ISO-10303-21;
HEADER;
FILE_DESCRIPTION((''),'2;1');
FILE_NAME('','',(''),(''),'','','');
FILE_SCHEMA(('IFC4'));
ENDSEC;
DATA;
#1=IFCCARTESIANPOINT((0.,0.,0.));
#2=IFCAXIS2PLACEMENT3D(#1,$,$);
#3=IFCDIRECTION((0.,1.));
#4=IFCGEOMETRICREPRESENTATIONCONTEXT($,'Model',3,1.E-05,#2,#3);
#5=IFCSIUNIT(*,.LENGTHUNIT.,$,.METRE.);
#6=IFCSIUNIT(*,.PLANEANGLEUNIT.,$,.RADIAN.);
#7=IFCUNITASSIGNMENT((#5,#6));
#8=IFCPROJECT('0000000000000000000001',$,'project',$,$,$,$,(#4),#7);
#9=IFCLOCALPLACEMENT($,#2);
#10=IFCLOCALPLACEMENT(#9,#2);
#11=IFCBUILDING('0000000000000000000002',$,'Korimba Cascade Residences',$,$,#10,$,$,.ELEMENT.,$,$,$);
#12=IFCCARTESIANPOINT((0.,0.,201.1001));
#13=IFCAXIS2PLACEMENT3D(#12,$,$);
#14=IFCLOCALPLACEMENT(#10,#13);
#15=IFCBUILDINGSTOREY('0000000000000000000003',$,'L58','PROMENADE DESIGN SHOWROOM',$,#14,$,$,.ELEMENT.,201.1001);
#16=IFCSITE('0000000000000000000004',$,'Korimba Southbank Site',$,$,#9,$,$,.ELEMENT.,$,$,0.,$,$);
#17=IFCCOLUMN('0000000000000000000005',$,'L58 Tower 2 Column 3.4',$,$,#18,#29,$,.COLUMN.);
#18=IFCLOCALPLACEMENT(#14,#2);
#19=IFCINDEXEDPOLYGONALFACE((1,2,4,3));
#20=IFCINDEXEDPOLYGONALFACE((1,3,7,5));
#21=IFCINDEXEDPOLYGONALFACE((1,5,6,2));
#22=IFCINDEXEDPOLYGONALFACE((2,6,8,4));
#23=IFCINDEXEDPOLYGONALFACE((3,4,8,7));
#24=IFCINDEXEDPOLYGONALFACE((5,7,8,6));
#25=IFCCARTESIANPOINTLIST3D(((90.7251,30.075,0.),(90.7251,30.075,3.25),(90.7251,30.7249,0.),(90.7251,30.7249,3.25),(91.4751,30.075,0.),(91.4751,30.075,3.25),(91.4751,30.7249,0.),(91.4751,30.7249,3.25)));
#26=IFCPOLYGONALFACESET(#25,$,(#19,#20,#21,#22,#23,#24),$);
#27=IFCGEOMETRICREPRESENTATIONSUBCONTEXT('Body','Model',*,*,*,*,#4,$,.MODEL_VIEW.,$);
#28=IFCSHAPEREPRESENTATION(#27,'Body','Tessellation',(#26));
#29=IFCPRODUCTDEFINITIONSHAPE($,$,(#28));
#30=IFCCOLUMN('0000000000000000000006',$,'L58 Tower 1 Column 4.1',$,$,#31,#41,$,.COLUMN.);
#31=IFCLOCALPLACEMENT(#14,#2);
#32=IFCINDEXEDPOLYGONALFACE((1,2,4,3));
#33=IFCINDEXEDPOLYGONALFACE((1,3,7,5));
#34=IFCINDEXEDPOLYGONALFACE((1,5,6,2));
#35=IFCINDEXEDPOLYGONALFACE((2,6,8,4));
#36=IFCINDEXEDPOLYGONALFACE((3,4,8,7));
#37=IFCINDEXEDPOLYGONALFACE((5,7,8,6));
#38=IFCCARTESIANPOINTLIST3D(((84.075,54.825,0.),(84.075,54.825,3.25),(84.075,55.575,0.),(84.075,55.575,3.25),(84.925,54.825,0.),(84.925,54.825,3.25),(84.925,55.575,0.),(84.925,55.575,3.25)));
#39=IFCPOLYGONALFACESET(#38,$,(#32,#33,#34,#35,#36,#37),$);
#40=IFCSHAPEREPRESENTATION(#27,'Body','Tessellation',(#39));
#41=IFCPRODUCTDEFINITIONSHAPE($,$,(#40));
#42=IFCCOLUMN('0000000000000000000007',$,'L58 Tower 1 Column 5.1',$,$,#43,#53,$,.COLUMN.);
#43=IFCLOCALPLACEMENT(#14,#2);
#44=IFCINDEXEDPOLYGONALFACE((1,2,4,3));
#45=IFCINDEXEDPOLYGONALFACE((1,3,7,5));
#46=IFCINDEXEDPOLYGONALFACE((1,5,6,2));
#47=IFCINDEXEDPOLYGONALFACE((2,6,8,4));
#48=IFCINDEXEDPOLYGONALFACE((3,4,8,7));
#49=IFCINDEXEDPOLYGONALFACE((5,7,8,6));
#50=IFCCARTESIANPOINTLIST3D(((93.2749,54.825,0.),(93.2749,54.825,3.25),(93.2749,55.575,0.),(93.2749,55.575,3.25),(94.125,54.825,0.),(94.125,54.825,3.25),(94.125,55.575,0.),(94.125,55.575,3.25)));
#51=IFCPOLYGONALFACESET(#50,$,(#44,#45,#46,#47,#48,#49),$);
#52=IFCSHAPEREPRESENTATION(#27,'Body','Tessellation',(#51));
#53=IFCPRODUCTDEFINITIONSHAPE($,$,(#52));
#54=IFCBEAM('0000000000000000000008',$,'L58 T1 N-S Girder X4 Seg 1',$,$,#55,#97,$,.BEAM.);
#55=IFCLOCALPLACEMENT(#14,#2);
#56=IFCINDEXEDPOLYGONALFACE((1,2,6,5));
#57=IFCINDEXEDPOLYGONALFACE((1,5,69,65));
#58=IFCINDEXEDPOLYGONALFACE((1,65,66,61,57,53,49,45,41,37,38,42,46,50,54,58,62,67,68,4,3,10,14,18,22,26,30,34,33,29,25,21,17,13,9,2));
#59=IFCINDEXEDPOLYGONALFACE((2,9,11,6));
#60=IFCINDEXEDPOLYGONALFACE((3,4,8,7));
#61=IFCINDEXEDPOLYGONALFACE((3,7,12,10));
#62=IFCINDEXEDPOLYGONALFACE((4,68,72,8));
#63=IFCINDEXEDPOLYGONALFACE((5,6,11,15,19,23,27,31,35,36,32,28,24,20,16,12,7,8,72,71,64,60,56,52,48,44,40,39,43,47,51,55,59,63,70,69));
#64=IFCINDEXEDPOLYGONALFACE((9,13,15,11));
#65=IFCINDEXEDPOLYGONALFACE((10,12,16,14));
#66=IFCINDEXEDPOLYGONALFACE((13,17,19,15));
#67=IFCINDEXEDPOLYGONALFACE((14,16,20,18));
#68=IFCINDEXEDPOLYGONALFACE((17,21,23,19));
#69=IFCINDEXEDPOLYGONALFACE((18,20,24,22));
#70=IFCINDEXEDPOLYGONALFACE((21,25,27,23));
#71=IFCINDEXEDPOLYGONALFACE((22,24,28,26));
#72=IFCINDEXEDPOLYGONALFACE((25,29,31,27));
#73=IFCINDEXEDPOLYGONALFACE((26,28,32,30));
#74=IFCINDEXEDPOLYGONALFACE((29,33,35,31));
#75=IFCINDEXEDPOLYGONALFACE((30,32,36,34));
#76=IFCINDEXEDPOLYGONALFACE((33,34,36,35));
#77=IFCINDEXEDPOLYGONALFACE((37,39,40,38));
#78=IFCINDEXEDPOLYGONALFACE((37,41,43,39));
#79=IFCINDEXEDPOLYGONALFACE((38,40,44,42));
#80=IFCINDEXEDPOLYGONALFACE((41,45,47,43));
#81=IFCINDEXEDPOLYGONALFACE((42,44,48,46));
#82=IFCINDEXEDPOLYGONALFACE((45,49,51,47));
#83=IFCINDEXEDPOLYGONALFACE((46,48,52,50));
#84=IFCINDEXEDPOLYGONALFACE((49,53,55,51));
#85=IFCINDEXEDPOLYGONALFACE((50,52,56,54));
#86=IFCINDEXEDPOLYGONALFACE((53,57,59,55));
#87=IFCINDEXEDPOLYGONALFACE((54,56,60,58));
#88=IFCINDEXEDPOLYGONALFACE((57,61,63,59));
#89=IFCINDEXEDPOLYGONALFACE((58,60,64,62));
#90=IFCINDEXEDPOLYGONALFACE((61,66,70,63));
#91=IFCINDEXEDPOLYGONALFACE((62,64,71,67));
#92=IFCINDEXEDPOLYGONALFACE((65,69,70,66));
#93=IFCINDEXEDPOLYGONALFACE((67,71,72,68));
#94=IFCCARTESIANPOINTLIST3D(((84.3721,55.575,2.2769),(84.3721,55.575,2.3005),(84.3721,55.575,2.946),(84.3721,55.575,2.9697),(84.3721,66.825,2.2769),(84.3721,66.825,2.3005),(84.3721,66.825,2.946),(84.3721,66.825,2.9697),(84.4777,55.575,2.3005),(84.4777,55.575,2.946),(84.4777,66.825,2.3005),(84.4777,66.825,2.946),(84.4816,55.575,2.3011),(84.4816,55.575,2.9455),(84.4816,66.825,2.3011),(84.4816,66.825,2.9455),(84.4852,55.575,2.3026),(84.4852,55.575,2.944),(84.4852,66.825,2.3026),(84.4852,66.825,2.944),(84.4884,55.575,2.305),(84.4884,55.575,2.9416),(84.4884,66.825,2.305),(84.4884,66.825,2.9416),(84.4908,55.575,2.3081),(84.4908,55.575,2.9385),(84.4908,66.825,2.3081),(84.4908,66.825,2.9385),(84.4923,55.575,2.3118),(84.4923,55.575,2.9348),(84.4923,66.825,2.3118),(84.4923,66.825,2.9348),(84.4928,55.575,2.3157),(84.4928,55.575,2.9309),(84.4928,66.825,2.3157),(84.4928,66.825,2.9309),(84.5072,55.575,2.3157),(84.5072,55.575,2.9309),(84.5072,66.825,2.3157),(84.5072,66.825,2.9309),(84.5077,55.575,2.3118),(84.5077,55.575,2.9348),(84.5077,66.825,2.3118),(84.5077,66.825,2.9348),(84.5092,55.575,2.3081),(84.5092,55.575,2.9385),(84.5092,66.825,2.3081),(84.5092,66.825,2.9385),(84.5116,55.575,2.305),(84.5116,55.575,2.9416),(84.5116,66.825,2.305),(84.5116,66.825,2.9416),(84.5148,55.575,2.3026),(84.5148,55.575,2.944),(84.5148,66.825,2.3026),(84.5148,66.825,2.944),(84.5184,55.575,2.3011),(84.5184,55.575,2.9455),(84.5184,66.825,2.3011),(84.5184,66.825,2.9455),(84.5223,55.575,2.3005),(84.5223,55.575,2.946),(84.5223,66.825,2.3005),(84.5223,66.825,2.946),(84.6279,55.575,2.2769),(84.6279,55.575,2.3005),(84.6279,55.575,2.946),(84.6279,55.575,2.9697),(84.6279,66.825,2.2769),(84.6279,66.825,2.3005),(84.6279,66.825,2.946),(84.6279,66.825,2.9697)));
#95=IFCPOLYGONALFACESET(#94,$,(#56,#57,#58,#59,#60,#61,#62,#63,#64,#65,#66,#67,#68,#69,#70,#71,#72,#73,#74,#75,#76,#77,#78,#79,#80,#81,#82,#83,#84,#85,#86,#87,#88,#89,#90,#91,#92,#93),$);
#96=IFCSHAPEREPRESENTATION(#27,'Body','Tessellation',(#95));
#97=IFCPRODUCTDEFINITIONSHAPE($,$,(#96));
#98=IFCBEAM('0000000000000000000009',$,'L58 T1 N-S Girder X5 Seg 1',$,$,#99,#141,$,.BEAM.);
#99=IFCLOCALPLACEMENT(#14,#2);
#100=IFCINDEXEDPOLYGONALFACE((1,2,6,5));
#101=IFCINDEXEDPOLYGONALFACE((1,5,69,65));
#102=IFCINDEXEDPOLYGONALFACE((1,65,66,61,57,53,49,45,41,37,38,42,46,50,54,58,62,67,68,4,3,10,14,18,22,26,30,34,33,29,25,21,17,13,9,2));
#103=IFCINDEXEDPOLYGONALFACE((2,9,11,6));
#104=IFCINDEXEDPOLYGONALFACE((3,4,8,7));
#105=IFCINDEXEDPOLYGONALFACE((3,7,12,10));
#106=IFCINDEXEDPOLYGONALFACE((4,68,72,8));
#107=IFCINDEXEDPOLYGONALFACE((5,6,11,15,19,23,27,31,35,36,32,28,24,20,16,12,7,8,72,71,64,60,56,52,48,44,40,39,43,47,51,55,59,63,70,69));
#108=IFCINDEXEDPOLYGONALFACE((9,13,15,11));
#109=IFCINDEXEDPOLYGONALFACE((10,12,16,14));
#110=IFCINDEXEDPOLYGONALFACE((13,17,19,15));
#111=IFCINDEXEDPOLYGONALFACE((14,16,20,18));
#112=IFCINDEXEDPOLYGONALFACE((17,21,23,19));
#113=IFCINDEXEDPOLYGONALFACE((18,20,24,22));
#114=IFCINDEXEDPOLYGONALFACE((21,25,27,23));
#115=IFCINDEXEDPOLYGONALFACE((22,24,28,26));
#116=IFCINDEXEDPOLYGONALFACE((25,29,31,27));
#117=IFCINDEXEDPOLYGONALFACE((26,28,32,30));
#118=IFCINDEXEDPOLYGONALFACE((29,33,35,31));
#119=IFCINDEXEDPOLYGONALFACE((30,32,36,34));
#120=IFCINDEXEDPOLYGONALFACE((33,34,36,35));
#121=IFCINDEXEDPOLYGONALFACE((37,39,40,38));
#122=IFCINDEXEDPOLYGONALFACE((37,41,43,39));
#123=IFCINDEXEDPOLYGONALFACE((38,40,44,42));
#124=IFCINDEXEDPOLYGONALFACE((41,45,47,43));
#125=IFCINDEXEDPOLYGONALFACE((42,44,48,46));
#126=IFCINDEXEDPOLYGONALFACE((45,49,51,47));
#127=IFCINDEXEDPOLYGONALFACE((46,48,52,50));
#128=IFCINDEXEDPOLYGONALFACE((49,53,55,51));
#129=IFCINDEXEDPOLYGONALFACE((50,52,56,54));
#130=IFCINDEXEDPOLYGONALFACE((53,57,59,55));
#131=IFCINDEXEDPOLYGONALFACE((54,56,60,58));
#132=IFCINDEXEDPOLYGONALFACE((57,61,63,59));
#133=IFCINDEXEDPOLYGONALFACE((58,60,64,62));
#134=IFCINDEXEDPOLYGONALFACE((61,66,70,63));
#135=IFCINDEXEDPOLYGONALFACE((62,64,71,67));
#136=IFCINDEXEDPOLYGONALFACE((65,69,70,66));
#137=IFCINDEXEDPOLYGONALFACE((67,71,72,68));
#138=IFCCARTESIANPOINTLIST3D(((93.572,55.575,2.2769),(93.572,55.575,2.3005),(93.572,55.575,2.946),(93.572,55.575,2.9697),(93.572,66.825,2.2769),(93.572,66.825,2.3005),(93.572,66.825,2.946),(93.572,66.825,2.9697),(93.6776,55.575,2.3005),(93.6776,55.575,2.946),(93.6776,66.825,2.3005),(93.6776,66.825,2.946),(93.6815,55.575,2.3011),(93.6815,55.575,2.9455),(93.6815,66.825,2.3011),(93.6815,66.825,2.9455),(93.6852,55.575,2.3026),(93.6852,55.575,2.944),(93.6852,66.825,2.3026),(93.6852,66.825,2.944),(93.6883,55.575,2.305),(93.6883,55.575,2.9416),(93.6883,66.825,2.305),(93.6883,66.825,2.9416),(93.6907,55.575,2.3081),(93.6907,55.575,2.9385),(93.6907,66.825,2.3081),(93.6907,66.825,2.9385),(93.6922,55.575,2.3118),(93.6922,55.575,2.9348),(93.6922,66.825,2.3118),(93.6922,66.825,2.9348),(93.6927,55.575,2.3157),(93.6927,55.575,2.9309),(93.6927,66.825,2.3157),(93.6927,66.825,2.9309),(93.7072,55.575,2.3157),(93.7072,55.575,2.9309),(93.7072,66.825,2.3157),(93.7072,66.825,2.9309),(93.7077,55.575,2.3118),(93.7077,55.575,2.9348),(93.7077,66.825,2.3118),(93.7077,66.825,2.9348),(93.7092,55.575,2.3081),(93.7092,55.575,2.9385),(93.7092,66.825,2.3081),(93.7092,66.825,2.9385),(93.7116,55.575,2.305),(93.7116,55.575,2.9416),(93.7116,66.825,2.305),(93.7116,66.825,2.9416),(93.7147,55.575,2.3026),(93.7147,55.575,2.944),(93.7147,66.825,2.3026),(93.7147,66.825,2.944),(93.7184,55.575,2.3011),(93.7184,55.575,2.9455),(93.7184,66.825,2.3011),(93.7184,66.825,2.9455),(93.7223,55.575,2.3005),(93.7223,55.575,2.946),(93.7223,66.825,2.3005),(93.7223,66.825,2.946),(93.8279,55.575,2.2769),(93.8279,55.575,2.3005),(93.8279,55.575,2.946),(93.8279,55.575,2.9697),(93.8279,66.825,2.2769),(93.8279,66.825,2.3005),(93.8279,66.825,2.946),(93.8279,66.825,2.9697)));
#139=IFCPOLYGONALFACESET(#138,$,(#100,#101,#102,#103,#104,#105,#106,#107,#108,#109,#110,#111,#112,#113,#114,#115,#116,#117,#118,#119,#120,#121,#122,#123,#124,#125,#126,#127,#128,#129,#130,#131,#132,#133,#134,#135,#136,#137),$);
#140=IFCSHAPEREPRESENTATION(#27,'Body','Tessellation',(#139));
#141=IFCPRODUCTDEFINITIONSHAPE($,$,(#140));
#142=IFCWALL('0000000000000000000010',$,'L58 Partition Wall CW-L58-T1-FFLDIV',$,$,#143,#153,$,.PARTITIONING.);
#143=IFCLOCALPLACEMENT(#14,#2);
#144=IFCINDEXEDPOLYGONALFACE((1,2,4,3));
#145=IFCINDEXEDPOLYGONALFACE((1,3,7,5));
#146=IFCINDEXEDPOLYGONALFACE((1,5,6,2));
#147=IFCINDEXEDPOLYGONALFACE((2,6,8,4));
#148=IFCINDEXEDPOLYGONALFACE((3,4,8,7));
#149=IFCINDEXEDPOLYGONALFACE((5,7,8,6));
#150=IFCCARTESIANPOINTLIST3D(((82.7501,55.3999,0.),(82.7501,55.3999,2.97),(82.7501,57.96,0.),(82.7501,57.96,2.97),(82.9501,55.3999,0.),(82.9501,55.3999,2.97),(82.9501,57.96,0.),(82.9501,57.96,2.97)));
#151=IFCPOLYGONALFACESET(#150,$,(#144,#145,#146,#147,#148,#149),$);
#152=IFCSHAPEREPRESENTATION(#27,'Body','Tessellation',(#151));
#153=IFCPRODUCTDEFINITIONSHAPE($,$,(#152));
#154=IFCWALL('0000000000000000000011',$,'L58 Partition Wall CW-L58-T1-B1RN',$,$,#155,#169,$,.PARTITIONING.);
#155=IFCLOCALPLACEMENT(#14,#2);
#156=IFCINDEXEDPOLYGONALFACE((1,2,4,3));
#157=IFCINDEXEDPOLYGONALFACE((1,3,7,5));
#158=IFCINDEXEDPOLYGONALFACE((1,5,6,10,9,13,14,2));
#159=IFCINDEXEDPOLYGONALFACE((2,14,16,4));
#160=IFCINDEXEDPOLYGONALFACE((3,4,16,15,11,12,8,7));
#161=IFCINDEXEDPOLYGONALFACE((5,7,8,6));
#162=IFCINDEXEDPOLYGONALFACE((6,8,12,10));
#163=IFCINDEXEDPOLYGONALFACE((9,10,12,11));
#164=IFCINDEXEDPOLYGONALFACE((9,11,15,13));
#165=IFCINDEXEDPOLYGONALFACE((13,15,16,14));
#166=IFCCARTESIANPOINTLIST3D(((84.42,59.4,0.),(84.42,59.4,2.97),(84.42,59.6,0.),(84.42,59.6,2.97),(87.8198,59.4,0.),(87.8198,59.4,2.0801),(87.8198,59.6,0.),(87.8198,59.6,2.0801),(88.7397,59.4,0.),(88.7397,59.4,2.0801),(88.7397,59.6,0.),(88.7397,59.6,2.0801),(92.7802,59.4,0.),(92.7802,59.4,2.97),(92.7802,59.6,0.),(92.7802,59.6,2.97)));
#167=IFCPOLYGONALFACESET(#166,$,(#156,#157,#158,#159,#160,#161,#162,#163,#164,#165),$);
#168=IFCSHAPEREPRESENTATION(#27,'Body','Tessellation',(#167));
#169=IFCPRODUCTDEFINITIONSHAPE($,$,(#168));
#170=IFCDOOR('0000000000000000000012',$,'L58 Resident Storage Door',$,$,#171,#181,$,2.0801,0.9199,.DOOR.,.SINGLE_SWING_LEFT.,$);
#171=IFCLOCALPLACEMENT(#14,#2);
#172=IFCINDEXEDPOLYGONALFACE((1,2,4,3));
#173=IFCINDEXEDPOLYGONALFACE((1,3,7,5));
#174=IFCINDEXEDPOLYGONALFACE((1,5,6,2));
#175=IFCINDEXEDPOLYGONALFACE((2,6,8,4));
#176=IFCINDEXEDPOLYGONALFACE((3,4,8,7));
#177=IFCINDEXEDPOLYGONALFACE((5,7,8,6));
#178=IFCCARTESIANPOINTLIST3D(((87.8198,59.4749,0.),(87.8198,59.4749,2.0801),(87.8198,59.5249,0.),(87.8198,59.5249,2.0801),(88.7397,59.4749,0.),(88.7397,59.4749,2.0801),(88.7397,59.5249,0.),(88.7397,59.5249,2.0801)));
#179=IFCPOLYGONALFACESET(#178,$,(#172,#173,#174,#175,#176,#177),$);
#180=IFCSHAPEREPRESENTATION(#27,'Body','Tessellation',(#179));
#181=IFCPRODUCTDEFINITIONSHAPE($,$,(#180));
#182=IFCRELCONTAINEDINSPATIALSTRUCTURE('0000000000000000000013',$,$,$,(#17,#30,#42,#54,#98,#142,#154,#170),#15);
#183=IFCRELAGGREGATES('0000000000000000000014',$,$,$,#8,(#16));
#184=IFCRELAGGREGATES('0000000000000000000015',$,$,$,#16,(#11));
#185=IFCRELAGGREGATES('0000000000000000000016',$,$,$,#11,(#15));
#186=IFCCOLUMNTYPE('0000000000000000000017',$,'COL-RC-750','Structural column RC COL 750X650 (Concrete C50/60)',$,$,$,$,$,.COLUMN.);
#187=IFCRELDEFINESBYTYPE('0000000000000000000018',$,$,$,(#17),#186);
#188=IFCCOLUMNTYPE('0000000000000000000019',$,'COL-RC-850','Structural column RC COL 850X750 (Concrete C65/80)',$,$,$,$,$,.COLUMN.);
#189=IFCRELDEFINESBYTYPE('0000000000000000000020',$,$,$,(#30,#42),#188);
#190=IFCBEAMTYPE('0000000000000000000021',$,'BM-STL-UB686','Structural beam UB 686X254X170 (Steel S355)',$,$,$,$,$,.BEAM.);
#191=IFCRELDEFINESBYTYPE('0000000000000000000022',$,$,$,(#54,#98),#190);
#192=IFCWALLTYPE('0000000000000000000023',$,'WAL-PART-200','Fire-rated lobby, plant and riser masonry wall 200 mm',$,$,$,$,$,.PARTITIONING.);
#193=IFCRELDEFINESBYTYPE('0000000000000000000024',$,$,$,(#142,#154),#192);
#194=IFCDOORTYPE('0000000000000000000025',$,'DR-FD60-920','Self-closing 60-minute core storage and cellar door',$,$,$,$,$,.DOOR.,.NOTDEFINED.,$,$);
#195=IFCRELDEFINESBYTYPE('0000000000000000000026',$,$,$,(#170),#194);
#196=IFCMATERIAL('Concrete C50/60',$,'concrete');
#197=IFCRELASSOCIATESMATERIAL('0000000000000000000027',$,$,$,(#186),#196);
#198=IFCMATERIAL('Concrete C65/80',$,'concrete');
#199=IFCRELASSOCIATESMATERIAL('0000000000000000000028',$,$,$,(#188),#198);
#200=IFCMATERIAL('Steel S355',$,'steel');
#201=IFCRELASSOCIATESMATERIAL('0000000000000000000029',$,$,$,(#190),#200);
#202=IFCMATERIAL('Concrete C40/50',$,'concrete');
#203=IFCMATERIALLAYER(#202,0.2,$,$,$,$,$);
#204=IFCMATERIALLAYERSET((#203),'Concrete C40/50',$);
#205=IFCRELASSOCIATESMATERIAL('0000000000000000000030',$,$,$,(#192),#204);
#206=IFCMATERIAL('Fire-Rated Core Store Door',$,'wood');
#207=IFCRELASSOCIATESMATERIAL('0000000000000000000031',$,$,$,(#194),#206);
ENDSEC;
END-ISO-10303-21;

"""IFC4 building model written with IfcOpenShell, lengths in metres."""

from ifc_helpers import new_model, si_unit, direction, frame, frame_2d, origin, origin_2d, place, context, subcontext, project, spatial, rectangle, i_section, extrude, material, layer, layer_set, material_profile, profile_set, type_object, element, fill, save


model = new_model("IFC4")

# Units and contexts
model_context = context("Model", 3, precision=1e-05, world=origin(), true_north=direction((0.0, 1.0)))
body_context = subcontext(model_context, "Body", "Model", "MODEL_VIEW")
ifc_project = project(units=[si_unit("LENGTHUNIT", "METRE"), si_unit("PLANEANGLEUNIT", "RADIAN")], contexts=[model_context])

# Site, building, storey
site_placement = place(None, origin())
site = spatial("IfcSite", under=ifc_project, at=site_placement, Name="Korimba Southbank Site", CompositionType="ELEMENT", RefElevation=0.0)
building_placement = place(site_placement, origin())
building = spatial("IfcBuilding", under=site, at=building_placement, Name="Korimba Cascade Residences", CompositionType="ELEMENT")
storey_placement = place(building_placement, frame((0.0, 0.0, 201.1001)))
storey = spatial("IfcBuildingStorey", under=building, at=storey_placement, Name="L58", Description="PROMENADE DESIGN SHOWROOM", CompositionType="ELEMENT", Elevation=201.1001)

# Columns
ifc_material_1 = material(Name="Concrete C50/60", Category="concrete")
ifc_material_profile_1 = material_profile(ifc_material_1, rectangle(XDim=0.75, YDim=0.6499, at=origin_2d()), Name="Concrete C50/60")
ifc_profile_set_1 = profile_set([ifc_material_profile_1], Name="Concrete C50/60")
column_type_1 = type_object("IfcColumnType", Name="COL-RC-750", Description="Structural column RC COL 750X650 (Concrete C50/60)", PredefinedType="COLUMN", material=ifc_profile_set_1)
column_placement = place(storey_placement, frame((91.1001, 30.3999, 0.0), z_axis=(0.0, 0.0, 1.0), x_axis=(1.0, 0.0, 0.0)))
element("IfcColumn", 1, at=column_placement, inside=storey, type_object=column_type_1, Name="L58 Tower 2 Column 3.4", PredefinedType="COLUMN", context=body_context, shape_type="SweptSolid", body=[
    extrude(rectangle(XDim=0.75, YDim=0.6499, at=origin_2d()), origin(), (0.0, 0.0, 1.0), 3.25),
])
ifc_material_2 = material(Name="Concrete C65/80", Category="concrete")
ifc_material_profile_2 = material_profile(ifc_material_2, rectangle(XDim=0.8501, YDim=0.75, at=origin_2d()), Name="Concrete C65/80")
ifc_profile_set_2 = profile_set([ifc_material_profile_2], Name="Concrete C65/80")
column_type_2 = type_object("IfcColumnType", Name="COL-RC-850", Description="Structural column RC COL 850X750 (Concrete C65/80)", PredefinedType="COLUMN", material=ifc_profile_set_2)
for number, where, z_axis, x_axis, name in (
    (2, (84.5, 55.2, 0.0), (0.0, 0.0, 1.0), (1.0, 0.0, 0.0), "L58 Tower 1 Column 4.1"),
    (3, (93.7, 55.2, 0.0), (0.0, 0.0, 1.0), (1.0, 0.0, 0.0), "L58 Tower 1 Column 5.1"),
):
    element("IfcColumn", number, at=place(storey_placement, frame(where, z_axis=z_axis, x_axis=x_axis)), inside=storey, type_object=column_type_2, Name=name, PredefinedType="COLUMN", context=body_context, shape_type="SweptSolid", body=[
        extrude(rectangle(XDim=0.8501, YDim=0.75, at=origin_2d()), origin(), (0.0, 0.0, 1.0), 3.25),
    ])

# Beams
ifc_material_3 = material(Name="Steel S355", Category="steel")
ifc_material_profile_3 = material_profile(ifc_material_3, i_section(OverallWidth=0.2559, OverallDepth=0.6929, WebThickness=0.0144, FlangeThickness=0.0237, FilletRadius=0.0151, at=origin_2d()), Name="Steel S355")
ifc_profile_set_3 = profile_set([ifc_material_profile_3], Name="Steel S355")
beam_type = type_object("IfcBeamType", Name="BM-STL-UB686", Description="Structural beam UB 686X254X170 (Steel S355)", PredefinedType="BEAM", material=ifc_profile_set_3)
for number, where, z_axis, x_axis, name in (
    (4, (84.5, 55.575, 2.6233), (0.0, 1.0, 0.0), (-1.0, 0.0, 0.0), "L58 T1 N-S Girder X4 Seg 1"),
    (5, (93.7, 55.575, 2.6233), (0.0, 1.0, 0.0), (-1.0, 0.0, 0.0), "L58 T1 N-S Girder X5 Seg 1"),
):
    element("IfcBeam", number, at=place(storey_placement, frame(where, z_axis=z_axis, x_axis=x_axis)), inside=storey, type_object=beam_type, Name=name, PredefinedType="BEAM", context=body_context, shape_type="SweptSolid", body=[
        extrude(i_section(OverallWidth=0.2559, OverallDepth=0.6929, WebThickness=0.0144, FlangeThickness=0.0237, FilletRadius=0.0151, at=origin_2d()), origin(), (0.0, 0.0, 1.0), 11.25),
    ])

# Wall
ifc_material_4 = material(Name="Concrete C40/50", Category="concrete")
ifc_layer_1 = layer(ifc_material_4, 0.2)
ifc_layer_set_1 = layer_set([ifc_layer_1], Name="Concrete C40/50")
wall_type_1 = type_object("IfcWallType", Name="WAL-PART-200", Description="Fire-rated lobby, plant and riser masonry wall 200 mm", PredefinedType="PARTITIONING", material=ifc_layer_set_1)
wall_1_placement = place(storey_placement, frame((82.8501, 55.3999, 0.0), z_axis=(0.0, 0.0, 1.0), x_axis=(0.0, 1.0, 0.0)))
element("IfcWall", 6, at=wall_1_placement, inside=storey, type_object=wall_type_1, Name="L58 Partition Wall CW-L58-T1-FFLDIV", PredefinedType="PARTITIONING", context=body_context, shape_type="SweptSolid", body=[
    extrude(rectangle(XDim=2.5601, YDim=0.2, at=frame_2d((1.28, 0.0))), origin(), (0.0, 0.0, 1.0), 2.97),
])

# Wall, opening, door
wall_2_placement = place(storey_placement, frame((84.4199, 59.5, 0.0), z_axis=(0.0, 0.0, 1.0), x_axis=(1.0, 0.0, 0.0)))
wall_2 = element("IfcWall", 7, at=wall_2_placement, inside=storey, type_object=wall_type_1, Name="L58 Partition Wall CW-L58-T1-B1RN", PredefinedType="PARTITIONING", context=body_context, shape_type="SweptSolid", body=[
    extrude(rectangle(XDim=8.3601, YDim=0.2, at=frame_2d((4.1802, 0.0))), origin(), (0.0, 0.0, 1.0), 2.97),
])
opening_1_placement = place(wall_2_placement, frame((3.3999, 0.0, 0.0)))
opening_1 = element("IfcOpeningElement", 8, at=opening_1_placement, cuts=wall_2, PredefinedType="OPENING", context=body_context, shape_type="SweptSolid", body=[
    extrude(rectangle(XDim=0.9199, YDim=2.0801, at=frame_2d((0.46, 1.04))), frame((0.0, 0.1099, 0.0), z_axis=(0.0, -1.0, 0.0), x_axis=(1.0, 0.0, 0.0)), (0.0, 0.0, 1.0), 0.22),
])
ifc_material_5 = material(Name="Fire-Rated Core Store Door", Category="wood")
door_type_1 = type_object("IfcDoorType", Name="DR-FD60-920", Description="Self-closing 60-minute core storage and cellar door", OperationType="NOTDEFINED", PredefinedType="DOOR", material=ifc_material_5)
door_1_placement = place(opening_1_placement, origin())
door_1 = element("IfcDoor", 9, at=door_1_placement, inside=storey, type_object=door_type_1, Name="L58 Resident Storage Door", OperationType="SINGLE_SWING_LEFT", OverallHeight=2.0801, OverallWidth=0.9199, PredefinedType="DOOR", context=body_context, shape_type="SweptSolid", body=[
    extrude(rectangle(XDim=0.9199, YDim=2.0801, at=frame_2d((0.46, 1.04))), frame((0.0, 0.0249, 0.0), z_axis=(0.0, -1.0, 0.0), x_axis=(1.0, 0.0, 0.0)), (0.0, 0.0, 1.0), 0.05),
])
fill(opening_1, door_1)

save(model, "model.ifc")
